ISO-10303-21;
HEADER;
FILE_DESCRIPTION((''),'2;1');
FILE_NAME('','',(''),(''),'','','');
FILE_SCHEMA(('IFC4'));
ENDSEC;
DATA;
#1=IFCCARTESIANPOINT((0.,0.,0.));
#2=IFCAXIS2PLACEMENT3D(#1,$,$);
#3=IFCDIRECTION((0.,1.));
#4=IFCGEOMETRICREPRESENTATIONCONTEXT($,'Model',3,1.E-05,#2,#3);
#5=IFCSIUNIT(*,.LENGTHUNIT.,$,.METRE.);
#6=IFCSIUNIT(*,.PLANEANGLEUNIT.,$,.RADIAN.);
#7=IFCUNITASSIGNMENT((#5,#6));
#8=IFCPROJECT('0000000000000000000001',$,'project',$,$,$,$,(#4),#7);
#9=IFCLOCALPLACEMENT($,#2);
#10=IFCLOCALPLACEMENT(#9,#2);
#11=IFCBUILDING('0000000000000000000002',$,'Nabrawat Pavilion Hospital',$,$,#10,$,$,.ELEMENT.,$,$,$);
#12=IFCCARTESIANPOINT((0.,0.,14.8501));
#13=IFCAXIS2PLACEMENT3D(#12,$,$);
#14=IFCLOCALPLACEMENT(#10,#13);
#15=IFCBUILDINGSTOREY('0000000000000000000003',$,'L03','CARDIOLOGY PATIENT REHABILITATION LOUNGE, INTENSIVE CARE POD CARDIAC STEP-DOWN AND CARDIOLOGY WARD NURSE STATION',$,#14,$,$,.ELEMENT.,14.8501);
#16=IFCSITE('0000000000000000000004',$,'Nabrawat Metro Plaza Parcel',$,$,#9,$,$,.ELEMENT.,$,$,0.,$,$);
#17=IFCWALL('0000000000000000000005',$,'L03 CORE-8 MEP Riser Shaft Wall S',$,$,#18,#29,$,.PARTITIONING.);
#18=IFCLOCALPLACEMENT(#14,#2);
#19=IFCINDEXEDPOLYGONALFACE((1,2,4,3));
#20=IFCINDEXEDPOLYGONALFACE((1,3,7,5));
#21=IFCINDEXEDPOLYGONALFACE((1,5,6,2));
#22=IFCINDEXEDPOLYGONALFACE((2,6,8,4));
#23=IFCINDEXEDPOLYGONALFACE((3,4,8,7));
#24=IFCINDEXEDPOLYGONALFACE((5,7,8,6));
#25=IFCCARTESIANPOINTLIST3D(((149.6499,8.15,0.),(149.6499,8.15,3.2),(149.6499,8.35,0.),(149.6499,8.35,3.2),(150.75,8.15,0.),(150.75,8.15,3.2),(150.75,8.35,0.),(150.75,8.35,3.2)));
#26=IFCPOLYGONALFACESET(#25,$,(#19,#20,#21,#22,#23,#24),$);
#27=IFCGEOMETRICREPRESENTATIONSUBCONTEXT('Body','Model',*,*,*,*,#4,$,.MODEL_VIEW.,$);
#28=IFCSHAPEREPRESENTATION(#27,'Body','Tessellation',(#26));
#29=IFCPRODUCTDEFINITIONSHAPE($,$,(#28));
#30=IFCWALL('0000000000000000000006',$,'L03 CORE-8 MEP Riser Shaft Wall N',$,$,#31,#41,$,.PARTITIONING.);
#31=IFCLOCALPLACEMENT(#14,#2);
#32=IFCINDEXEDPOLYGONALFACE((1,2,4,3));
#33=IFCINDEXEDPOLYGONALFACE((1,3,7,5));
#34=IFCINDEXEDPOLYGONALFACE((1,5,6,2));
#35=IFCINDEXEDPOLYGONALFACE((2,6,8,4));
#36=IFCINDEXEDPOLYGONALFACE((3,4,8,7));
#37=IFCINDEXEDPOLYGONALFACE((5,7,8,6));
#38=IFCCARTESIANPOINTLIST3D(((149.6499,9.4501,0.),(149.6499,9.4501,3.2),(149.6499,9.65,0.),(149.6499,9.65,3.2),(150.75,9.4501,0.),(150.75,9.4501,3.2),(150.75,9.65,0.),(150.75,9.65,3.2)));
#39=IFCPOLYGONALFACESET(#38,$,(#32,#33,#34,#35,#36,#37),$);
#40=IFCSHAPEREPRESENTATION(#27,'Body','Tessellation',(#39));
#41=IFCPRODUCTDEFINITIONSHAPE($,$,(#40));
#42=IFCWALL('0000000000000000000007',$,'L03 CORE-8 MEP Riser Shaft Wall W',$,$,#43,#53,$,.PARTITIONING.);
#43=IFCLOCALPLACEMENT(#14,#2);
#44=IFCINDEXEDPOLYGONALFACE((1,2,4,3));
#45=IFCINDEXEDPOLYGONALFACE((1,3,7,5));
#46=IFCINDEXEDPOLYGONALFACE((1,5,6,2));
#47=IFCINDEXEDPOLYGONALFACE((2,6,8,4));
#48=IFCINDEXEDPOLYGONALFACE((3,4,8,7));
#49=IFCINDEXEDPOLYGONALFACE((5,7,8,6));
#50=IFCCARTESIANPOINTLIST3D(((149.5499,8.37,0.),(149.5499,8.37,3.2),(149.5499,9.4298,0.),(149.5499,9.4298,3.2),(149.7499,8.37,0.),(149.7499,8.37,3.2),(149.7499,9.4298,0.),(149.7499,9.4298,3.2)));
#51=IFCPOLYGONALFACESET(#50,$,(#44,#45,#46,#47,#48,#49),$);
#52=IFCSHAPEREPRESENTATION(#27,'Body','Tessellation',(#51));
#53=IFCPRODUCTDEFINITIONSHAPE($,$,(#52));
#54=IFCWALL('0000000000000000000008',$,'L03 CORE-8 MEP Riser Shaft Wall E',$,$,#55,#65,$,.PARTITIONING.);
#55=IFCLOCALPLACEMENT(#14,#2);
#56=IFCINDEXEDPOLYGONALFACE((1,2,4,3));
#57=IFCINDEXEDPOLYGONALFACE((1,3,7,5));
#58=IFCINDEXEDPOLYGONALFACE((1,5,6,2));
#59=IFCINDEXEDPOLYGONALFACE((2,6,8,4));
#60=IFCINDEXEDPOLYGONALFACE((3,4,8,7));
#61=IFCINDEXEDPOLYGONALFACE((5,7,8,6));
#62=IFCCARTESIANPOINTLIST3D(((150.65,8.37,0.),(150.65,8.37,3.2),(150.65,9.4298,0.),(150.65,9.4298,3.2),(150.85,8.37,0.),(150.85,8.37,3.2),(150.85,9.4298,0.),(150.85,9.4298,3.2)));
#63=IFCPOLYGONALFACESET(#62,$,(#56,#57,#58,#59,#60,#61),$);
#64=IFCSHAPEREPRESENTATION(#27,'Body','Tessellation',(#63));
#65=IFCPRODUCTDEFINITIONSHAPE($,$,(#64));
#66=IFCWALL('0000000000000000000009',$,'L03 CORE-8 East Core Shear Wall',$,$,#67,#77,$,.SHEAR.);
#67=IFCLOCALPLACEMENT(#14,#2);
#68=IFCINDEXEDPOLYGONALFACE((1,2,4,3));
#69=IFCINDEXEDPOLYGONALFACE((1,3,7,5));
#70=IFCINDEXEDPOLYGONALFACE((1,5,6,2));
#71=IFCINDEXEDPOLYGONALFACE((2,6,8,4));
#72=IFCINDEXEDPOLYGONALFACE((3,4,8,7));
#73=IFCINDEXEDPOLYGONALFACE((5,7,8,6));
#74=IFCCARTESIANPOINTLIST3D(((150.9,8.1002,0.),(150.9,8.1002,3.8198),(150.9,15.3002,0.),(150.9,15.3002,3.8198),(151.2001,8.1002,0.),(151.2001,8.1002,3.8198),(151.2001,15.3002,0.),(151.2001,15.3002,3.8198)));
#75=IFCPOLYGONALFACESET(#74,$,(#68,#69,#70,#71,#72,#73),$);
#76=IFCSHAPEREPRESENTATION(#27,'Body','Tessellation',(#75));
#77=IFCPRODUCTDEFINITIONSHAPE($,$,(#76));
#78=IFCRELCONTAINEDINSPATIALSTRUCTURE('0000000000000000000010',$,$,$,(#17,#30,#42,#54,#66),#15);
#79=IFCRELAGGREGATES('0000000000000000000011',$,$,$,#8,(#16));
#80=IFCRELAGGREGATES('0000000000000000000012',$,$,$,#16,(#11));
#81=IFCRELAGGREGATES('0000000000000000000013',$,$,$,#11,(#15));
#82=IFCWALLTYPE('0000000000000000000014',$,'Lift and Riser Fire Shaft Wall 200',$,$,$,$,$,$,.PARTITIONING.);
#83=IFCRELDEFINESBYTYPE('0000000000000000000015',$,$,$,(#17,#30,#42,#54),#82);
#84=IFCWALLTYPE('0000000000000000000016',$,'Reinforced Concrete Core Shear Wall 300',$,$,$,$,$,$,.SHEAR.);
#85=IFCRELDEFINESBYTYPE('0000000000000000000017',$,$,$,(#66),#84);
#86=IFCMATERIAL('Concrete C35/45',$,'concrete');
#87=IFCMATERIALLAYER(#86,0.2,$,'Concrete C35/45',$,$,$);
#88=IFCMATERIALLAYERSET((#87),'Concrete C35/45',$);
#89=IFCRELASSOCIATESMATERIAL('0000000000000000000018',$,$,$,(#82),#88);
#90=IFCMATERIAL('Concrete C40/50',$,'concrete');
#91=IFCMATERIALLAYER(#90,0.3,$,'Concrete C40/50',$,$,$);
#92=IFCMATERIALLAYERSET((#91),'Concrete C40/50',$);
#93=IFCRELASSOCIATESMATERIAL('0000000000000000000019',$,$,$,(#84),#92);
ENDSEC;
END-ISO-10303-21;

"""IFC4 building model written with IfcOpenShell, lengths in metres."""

from ifc_helpers import new_model, si_unit, direction, frame, frame_2d, origin, place, context, subcontext, project, spatial, rectangle, extrude, material, layer, layer_set, type_object, element, save


model = new_model("IFC4")

# Units and contexts
model_context = context("Model", 3, precision=1e-05, world=origin(), true_north=direction((0.0, 1.0)))
body_context = subcontext(model_context, "Body", "Model", "MODEL_VIEW")
ifc_project = project(units=[si_unit("LENGTHUNIT", "METRE"), si_unit("PLANEANGLEUNIT", "RADIAN")], contexts=[model_context])

# Site, building, storey
site_placement = place(None, origin())
site = spatial("IfcSite", under=ifc_project, at=site_placement, Name="Nabrawat Metro Plaza Parcel", CompositionType="ELEMENT", RefElevation=0.0)
building_placement = place(site_placement, origin())
building = spatial("IfcBuilding", under=site, at=building_placement, Name="Nabrawat Pavilion Hospital", CompositionType="ELEMENT")
storey_placement = place(building_placement, frame((0.0, 0.0, 14.8501)))
storey = spatial("IfcBuildingStorey", under=building, at=storey_placement, Name="L03", Description="CARDIOLOGY PATIENT REHABILITATION LOUNGE, INTENSIVE CARE POD CARDIAC STEP-DOWN AND CARDIOLOGY WARD NURSE STATION", CompositionType="ELEMENT", Elevation=14.8501)

# Walls
ifc_material_1 = material(Name="Concrete C35/45", Category="concrete")
ifc_layer_1 = layer(ifc_material_1, 0.2, Name="Concrete C35/45")
ifc_layer_set_1 = layer_set([ifc_layer_1], Name="Concrete C35/45")
wall_type_1 = type_object("IfcWallType", Name="Lift and Riser Fire Shaft Wall 200", PredefinedType="PARTITIONING", material=ifc_layer_set_1)
for number, where, z_axis, x_axis, name in (
    (1, (149.6499, 8.25, 0.0), (0.0, 0.0, 1.0), (1.0, 0.0, 0.0), "L03 CORE-8 MEP Riser Shaft Wall S"),
    (2, (149.6499, 9.55, 0.0), (0.0, 0.0, 1.0), (1.0, 0.0, 0.0), "L03 CORE-8 MEP Riser Shaft Wall N"),
):
    element("IfcWall", number, at=place(storey_placement, frame(where, z_axis=z_axis, x_axis=x_axis)), inside=storey, type_object=wall_type_1, Name=name, PredefinedType="PARTITIONING", context=body_context, shape_type="SweptSolid", body=[
        extrude(rectangle(XDim=1.1001, YDim=0.2, at=frame_2d((0.55, 0.0))), origin(), (0.0, 0.0, 1.0), 3.2),
    ])
for number, where, z_axis, x_axis, name in (
    (3, (149.6499, 8.3701, 0.0), (0.0, 0.0, 1.0), (0.0, 1.0, 0.0), "L03 CORE-8 MEP Riser Shaft Wall W"),
    (4, (150.75, 8.3701, 0.0), (0.0, 0.0, 1.0), (0.0, 1.0, 0.0), "L03 CORE-8 MEP Riser Shaft Wall E"),
):
    element("IfcWall", number, at=place(storey_placement, frame(where, z_axis=z_axis, x_axis=x_axis)), inside=storey, type_object=wall_type_1, Name=name, PredefinedType="PARTITIONING", context=body_context, shape_type="SweptSolid", body=[
        extrude(rectangle(XDim=1.0598, YDim=0.2, at=frame_2d((0.5298, 0.0))), origin(), (0.0, 0.0, 1.0), 3.2),
    ])
ifc_material_2 = material(Name="Concrete C40/50", Category="concrete")
ifc_layer_2 = layer(ifc_material_2, 0.3, Name="Concrete C40/50")
ifc_layer_set_2 = layer_set([ifc_layer_2], Name="Concrete C40/50")
wall_type_2 = type_object("IfcWallType", Name="Reinforced Concrete Core Shear Wall 300", PredefinedType="SHEAR", material=ifc_layer_set_2)
wall_1_placement = place(storey_placement, frame((151.05, 8.1001, 0.0), z_axis=(0.0, 0.0, 1.0), x_axis=(0.0, 1.0, 0.0)))
element("IfcWall", 5, at=wall_1_placement, inside=storey, type_object=wall_type_2, Name="L03 CORE-8 East Core Shear Wall", PredefinedType="SHEAR", context=body_context, shape_type="SweptSolid", body=[
    extrude(rectangle(XDim=7.2, YDim=0.3, at=frame_2d((3.6001, 0.0))), origin(), (0.0, 0.0, 1.0), 3.8198),
])

save(model, "model.ifc")
